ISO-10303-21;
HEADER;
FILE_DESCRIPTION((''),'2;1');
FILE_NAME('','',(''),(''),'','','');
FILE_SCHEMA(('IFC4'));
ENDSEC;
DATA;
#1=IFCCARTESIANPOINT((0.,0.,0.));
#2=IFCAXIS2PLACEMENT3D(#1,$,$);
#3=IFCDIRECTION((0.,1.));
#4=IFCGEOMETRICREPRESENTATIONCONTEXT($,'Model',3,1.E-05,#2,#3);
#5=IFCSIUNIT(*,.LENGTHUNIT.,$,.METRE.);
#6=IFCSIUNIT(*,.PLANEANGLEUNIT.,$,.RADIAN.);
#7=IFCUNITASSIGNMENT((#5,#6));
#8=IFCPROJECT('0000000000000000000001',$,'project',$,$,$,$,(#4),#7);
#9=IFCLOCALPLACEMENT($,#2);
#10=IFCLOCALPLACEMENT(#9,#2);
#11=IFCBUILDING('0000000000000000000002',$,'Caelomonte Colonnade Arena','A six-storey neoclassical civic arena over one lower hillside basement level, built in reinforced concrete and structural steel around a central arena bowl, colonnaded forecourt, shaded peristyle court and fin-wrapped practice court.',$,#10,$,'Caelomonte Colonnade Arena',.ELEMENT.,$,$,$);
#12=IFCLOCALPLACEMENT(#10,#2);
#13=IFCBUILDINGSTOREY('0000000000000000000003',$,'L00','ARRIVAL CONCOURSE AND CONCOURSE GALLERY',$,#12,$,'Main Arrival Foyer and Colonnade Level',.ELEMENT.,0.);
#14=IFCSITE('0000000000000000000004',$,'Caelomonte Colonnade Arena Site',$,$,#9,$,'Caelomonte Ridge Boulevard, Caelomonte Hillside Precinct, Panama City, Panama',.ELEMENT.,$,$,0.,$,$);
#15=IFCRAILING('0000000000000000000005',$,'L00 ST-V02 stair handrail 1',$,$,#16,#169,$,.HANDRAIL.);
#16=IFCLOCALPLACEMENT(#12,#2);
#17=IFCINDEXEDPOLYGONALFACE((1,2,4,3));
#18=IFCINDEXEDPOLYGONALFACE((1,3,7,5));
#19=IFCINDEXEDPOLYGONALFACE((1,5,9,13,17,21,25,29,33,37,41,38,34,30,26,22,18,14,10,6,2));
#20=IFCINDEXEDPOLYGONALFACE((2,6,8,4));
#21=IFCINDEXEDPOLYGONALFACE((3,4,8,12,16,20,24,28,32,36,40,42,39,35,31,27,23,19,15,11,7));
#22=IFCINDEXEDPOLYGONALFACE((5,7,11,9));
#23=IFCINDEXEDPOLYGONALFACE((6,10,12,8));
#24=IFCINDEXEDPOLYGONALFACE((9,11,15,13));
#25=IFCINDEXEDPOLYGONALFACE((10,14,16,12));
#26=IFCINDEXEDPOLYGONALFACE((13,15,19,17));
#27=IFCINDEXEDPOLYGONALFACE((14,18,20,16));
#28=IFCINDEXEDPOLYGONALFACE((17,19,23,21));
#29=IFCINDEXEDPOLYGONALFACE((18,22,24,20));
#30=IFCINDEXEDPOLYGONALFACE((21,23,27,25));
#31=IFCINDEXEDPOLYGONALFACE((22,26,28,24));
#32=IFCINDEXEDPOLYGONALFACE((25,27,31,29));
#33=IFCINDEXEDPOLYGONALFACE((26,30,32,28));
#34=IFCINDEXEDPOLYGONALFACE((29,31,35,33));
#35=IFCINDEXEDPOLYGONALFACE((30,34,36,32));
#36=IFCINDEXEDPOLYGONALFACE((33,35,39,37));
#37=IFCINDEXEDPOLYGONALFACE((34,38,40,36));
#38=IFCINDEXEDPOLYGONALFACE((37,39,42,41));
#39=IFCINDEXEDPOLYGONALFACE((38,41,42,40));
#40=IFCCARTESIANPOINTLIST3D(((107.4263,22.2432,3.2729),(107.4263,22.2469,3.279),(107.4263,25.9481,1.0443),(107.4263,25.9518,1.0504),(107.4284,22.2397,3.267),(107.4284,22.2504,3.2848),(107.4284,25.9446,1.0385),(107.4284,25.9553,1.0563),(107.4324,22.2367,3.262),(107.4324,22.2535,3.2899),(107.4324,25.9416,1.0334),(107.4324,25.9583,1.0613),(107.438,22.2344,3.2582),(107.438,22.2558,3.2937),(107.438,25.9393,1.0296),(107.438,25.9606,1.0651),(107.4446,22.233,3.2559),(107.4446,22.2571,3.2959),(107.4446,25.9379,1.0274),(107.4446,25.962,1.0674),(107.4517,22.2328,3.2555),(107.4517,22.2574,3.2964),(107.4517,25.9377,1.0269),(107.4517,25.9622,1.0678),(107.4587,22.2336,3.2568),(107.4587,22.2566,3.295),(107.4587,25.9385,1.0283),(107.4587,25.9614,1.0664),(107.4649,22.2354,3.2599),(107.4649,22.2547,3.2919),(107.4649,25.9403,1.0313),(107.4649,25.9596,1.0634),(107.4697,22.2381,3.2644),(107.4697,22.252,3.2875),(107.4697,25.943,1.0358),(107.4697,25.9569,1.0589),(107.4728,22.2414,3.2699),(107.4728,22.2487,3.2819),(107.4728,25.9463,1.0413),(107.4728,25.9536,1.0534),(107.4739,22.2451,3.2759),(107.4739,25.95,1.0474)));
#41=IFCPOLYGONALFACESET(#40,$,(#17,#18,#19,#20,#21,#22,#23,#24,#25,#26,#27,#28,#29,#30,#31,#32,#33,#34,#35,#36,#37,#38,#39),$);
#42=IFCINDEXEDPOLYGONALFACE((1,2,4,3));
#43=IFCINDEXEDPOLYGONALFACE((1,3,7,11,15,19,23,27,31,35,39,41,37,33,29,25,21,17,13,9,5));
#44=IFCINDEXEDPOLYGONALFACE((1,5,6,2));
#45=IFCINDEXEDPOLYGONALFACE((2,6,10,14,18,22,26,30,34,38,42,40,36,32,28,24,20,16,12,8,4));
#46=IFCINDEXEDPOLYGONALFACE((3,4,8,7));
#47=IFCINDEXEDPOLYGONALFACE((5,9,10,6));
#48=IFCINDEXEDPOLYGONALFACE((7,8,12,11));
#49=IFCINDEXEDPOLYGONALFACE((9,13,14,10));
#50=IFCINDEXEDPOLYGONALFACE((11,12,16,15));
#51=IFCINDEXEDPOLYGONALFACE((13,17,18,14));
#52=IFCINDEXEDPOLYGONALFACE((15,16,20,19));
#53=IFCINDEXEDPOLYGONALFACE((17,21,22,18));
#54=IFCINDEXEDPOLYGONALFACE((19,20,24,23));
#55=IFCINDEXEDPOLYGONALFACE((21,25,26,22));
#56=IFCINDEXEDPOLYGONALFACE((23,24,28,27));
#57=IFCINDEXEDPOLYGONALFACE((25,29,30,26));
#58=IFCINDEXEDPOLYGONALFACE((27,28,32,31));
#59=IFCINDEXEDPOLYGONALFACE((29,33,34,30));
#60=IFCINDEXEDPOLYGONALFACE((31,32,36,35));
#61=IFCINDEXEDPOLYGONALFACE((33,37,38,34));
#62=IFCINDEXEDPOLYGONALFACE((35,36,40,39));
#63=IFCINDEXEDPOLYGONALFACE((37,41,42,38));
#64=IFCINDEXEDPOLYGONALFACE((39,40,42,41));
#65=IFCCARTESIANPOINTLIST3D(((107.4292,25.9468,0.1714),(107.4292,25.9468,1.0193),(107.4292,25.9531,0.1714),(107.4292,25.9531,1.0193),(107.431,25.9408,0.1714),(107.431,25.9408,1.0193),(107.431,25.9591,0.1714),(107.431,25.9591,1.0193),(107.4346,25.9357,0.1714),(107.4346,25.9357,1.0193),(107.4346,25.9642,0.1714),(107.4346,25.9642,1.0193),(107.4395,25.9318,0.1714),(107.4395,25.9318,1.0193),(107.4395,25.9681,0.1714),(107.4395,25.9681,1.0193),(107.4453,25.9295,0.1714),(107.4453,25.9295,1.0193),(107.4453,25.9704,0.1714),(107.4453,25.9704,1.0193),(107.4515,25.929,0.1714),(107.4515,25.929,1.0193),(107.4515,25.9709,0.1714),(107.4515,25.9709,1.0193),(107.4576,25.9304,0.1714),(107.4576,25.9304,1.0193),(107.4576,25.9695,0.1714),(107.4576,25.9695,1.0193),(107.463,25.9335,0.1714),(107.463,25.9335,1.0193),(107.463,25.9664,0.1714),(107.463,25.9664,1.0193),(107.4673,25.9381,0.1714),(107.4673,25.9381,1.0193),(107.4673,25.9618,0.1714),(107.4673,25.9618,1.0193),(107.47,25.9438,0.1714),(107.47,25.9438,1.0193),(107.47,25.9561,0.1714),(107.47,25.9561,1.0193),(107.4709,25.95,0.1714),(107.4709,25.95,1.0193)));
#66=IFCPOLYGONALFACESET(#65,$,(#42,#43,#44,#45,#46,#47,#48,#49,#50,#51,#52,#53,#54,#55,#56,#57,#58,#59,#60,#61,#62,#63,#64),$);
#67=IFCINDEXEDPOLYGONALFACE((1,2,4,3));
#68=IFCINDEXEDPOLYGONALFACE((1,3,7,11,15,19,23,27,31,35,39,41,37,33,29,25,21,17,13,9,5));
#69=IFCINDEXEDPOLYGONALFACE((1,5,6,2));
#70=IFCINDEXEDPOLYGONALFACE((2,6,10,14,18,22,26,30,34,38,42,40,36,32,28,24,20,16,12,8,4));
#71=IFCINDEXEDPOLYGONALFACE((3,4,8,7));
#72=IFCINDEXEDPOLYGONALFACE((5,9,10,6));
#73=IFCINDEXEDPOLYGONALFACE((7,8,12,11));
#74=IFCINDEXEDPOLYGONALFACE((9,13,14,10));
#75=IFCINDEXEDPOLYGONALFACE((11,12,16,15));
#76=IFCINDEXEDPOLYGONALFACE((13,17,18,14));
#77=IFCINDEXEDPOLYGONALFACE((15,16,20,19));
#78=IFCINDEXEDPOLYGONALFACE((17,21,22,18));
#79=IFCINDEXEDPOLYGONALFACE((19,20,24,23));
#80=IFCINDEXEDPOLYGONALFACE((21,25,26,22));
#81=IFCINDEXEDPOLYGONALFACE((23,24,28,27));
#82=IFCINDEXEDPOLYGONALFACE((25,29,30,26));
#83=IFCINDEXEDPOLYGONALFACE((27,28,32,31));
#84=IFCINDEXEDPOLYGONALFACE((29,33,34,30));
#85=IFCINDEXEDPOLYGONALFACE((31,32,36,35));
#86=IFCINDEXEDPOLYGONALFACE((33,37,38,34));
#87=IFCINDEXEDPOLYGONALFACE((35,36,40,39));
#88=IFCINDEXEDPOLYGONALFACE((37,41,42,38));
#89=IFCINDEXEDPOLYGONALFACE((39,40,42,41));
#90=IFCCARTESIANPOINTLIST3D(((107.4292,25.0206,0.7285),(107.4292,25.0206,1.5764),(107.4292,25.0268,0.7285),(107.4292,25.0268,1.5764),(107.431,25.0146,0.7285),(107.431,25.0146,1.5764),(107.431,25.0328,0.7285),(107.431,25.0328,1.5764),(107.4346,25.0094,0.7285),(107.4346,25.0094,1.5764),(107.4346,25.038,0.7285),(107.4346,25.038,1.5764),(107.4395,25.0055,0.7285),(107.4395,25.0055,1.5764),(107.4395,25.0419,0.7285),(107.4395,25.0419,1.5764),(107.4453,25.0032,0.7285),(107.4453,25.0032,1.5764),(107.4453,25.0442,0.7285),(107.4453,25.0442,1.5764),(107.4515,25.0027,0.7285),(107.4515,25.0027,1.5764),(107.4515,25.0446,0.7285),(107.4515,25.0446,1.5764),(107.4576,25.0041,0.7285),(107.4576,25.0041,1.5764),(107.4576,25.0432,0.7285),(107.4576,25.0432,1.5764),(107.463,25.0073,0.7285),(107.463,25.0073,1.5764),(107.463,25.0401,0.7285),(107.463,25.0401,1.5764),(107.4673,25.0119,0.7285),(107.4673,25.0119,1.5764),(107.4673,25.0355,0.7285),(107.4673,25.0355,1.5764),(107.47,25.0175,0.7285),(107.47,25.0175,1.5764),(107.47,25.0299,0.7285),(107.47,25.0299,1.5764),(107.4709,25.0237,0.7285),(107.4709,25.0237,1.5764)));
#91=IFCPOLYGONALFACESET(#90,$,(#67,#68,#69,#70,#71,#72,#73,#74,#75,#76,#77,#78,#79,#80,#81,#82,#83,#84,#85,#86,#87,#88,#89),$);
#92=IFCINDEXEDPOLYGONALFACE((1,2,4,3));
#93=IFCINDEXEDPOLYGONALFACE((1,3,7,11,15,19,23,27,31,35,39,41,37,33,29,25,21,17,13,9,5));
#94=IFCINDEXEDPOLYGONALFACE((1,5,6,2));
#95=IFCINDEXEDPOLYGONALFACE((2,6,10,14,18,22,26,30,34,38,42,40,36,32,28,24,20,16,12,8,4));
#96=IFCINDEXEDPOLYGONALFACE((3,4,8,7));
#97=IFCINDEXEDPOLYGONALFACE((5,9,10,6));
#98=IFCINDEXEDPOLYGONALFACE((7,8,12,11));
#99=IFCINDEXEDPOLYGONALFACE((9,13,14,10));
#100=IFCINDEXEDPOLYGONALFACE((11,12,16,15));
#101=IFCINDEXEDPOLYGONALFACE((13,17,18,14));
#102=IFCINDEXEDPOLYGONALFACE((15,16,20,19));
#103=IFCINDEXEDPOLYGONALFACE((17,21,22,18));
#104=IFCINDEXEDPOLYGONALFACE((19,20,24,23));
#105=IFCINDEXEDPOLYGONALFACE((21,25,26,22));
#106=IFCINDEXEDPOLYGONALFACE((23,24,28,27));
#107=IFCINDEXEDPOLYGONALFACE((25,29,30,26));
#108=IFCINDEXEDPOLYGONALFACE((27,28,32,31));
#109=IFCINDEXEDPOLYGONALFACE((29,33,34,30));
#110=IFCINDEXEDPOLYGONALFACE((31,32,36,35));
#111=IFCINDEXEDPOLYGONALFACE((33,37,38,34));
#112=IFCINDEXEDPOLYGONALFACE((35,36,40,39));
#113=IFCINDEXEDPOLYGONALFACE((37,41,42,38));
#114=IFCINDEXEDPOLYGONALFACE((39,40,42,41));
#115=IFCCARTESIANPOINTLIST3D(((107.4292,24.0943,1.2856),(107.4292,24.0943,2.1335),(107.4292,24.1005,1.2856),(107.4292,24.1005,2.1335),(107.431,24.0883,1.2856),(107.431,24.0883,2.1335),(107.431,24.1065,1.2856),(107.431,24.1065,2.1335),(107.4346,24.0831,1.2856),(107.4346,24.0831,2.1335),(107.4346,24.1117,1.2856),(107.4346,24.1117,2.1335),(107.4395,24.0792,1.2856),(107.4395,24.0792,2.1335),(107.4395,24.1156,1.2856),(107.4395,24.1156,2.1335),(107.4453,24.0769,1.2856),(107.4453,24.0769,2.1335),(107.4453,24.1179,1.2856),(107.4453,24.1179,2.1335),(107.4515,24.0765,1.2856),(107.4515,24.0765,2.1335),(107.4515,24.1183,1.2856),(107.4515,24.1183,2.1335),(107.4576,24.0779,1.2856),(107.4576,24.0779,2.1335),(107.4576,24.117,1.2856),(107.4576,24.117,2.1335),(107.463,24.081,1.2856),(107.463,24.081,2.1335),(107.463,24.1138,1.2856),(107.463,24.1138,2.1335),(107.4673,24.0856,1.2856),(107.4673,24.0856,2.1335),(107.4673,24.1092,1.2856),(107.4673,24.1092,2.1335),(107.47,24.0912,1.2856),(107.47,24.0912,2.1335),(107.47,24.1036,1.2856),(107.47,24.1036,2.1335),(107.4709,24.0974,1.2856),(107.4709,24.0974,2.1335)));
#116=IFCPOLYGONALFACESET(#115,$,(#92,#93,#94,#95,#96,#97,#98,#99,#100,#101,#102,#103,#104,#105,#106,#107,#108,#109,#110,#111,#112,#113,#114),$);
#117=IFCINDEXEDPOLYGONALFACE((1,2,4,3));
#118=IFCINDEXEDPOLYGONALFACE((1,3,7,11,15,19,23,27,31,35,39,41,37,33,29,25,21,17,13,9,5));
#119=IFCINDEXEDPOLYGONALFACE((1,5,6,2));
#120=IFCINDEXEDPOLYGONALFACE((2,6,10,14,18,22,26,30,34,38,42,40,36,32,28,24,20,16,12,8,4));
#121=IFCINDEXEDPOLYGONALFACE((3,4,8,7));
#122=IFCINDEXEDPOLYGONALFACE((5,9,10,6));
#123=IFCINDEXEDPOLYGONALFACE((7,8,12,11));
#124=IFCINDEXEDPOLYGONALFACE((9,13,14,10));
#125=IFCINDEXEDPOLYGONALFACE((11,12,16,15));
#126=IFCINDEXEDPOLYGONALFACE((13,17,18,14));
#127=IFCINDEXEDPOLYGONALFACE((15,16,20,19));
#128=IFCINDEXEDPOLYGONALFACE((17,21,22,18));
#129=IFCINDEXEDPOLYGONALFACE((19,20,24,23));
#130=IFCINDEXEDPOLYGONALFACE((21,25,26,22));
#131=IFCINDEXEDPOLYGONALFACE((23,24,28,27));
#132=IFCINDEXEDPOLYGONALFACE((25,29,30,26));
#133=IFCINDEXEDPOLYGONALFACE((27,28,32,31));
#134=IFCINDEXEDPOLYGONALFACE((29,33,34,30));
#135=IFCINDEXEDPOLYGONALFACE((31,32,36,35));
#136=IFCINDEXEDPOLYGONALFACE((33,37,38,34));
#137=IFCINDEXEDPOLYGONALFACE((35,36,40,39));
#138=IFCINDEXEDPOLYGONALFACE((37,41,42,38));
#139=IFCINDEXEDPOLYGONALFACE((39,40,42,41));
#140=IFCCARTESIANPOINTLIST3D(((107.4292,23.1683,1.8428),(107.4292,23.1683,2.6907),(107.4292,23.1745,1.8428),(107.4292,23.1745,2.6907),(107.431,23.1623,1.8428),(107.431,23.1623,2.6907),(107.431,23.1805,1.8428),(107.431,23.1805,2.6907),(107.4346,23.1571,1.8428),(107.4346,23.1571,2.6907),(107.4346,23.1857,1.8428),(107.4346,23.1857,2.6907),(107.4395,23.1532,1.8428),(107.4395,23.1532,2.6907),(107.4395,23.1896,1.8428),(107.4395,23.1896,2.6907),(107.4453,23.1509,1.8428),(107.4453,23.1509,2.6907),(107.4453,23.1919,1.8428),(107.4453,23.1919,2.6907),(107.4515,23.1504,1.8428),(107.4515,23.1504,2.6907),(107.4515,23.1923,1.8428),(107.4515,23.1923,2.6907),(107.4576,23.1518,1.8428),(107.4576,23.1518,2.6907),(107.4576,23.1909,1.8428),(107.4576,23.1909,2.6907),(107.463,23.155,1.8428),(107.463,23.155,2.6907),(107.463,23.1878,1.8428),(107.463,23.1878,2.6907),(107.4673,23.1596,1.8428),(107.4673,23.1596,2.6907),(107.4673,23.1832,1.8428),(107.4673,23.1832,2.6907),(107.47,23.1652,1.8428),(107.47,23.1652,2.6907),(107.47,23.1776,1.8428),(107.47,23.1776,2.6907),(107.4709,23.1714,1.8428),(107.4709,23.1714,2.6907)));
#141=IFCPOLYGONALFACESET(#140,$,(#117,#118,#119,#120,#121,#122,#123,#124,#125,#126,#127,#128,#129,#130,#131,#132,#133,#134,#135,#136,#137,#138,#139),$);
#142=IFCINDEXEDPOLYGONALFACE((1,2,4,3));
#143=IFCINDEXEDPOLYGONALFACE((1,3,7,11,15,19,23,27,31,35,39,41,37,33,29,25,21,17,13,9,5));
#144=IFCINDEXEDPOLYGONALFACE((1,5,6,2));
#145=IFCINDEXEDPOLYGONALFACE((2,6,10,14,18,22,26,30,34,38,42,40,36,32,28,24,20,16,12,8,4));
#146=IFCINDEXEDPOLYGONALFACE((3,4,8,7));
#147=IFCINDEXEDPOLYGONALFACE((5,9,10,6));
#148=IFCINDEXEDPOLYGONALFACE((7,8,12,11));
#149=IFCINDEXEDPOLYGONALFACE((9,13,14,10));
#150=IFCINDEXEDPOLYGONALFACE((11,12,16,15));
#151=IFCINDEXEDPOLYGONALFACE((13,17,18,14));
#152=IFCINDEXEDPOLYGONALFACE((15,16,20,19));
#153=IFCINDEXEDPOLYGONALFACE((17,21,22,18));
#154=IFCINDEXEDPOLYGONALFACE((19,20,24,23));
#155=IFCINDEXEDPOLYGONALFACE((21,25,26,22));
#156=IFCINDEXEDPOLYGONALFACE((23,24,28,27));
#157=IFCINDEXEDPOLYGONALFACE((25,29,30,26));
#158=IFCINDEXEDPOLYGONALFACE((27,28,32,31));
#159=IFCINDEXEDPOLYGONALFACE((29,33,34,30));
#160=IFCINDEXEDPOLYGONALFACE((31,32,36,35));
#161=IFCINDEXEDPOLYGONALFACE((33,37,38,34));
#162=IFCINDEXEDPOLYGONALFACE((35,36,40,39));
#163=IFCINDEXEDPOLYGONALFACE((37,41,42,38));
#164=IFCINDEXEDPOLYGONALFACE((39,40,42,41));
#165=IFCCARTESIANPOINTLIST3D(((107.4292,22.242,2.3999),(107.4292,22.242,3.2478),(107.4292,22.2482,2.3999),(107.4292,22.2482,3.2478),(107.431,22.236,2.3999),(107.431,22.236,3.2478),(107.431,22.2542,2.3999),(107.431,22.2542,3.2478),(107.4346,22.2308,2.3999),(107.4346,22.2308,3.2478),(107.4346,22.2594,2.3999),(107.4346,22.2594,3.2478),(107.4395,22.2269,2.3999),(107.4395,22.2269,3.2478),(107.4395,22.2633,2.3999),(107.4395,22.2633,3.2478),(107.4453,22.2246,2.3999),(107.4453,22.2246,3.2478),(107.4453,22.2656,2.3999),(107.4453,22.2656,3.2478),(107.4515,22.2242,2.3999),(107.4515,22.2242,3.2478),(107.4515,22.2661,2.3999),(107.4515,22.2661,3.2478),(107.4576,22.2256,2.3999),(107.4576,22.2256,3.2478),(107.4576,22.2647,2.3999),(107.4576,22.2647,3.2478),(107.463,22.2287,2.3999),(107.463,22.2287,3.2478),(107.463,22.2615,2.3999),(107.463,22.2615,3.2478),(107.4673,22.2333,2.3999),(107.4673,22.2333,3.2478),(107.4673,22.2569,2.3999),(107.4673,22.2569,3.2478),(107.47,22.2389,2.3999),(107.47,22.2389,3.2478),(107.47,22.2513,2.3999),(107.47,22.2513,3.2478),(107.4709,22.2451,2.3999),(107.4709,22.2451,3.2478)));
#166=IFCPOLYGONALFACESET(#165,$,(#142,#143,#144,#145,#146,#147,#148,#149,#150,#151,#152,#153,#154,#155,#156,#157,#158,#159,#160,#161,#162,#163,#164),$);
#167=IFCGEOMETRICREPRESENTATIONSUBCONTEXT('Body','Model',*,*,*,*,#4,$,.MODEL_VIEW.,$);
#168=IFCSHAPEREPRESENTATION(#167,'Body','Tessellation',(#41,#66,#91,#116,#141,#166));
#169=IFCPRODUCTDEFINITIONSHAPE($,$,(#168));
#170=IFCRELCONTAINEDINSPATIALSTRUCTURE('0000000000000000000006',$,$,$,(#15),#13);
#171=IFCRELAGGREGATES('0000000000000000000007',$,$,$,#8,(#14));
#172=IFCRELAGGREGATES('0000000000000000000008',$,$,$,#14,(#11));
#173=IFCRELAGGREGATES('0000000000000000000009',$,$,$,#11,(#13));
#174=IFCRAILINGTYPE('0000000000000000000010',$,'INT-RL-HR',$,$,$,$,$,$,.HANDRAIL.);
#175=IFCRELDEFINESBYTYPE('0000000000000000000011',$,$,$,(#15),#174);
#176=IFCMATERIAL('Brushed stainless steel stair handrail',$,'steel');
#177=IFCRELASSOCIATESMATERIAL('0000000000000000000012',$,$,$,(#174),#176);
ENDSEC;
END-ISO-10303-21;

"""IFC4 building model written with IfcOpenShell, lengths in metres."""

from ifc_helpers import new_model, si_unit, direction, frame, origin, origin_2d, place, context, subcontext, project, spatial, circle, extrude, material, type_object, element, save


model = new_model("IFC4")

# Units and contexts
model_context = context("Model", 3, precision=1e-05, world=origin(), true_north=direction((0.0, 1.0)))
body_context = subcontext(model_context, "Body", "Model", "MODEL_VIEW")
ifc_project = project(units=[si_unit("LENGTHUNIT", "METRE"), si_unit("PLANEANGLEUNIT", "RADIAN")], contexts=[model_context])

# Site, building, storey
site_placement = place(None, origin())
site = spatial("IfcSite", under=ifc_project, at=site_placement, Name="Caelomonte Colonnade Arena Site", LongName="Caelomonte Ridge Boulevard, Caelomonte Hillside Precinct, Panama City, Panama", CompositionType="ELEMENT", RefElevation=0.0)
building_placement = place(site_placement, origin())
building = spatial("IfcBuilding", under=site, at=building_placement, Name="Caelomonte Colonnade Arena", Description="A six-storey neoclassical civic arena over one lower hillside basement level, built in reinforced concrete and structural steel around a central arena bowl, colonnaded forecourt, shaded peristyle court and fin-wrapped practice court.", LongName="Caelomonte Colonnade Arena", CompositionType="ELEMENT")
storey_placement = place(building_placement, origin())
storey = spatial("IfcBuildingStorey", under=building, at=storey_placement, Name="L00", Description="ARRIVAL CONCOURSE AND CONCOURSE GALLERY", LongName="Main Arrival Foyer and Colonnade Level", CompositionType="ELEMENT", Elevation=0.0)

# Railing
ifc_material_1 = material(Name="Brushed stainless steel stair handrail", Category="steel")
railing_type_1 = type_object("IfcRailingType", Name="INT-RL-HR", PredefinedType="HANDRAIL", material=ifc_material_1)
for number, where, name in (
    (1, (107.45, 25.95, 0.1714), "L00 ST-V02 stair handrail 1"),
):
    element("IfcRailing", number, at=place(storey_placement, frame(where)), inside=storey, type_object=railing_type_1, Name=name, PredefinedType="HANDRAIL", context=body_context, shape_type="SweptSolid", body=[
        extrude(circle(Radius=0.0239, at=origin_2d()), frame((0.0, 0.0, 0.876), z_axis=(0.0, -0.856919, 0.51545), x_axis=(1.0, 0.0, 0.0)), (0.0, 0.0, 1.0), 4.3235),
        extrude(circle(Radius=0.021, at=origin_2d()), origin(), (0.0, 0.0, 1.0), 0.8479),
        extrude(circle(Radius=0.021, at=origin_2d()), frame((0.0, -0.9263, 0.5571)), (0.0, 0.0, 1.0), 0.8479),
        extrude(circle(Radius=0.021, at=origin_2d()), frame((0.0, -1.8525, 1.1143)), (0.0, 0.0, 1.0), 0.8479),
        extrude(circle(Radius=0.021, at=origin_2d()), frame((0.0, -2.7786, 1.6714)), (0.0, 0.0, 1.0), 0.8479),
        extrude(circle(Radius=0.021, at=origin_2d()), frame((0.0, -3.7048, 2.2285)), (0.0, 0.0, 1.0), 0.8479),
    ])

save(model, "model.ifc")
